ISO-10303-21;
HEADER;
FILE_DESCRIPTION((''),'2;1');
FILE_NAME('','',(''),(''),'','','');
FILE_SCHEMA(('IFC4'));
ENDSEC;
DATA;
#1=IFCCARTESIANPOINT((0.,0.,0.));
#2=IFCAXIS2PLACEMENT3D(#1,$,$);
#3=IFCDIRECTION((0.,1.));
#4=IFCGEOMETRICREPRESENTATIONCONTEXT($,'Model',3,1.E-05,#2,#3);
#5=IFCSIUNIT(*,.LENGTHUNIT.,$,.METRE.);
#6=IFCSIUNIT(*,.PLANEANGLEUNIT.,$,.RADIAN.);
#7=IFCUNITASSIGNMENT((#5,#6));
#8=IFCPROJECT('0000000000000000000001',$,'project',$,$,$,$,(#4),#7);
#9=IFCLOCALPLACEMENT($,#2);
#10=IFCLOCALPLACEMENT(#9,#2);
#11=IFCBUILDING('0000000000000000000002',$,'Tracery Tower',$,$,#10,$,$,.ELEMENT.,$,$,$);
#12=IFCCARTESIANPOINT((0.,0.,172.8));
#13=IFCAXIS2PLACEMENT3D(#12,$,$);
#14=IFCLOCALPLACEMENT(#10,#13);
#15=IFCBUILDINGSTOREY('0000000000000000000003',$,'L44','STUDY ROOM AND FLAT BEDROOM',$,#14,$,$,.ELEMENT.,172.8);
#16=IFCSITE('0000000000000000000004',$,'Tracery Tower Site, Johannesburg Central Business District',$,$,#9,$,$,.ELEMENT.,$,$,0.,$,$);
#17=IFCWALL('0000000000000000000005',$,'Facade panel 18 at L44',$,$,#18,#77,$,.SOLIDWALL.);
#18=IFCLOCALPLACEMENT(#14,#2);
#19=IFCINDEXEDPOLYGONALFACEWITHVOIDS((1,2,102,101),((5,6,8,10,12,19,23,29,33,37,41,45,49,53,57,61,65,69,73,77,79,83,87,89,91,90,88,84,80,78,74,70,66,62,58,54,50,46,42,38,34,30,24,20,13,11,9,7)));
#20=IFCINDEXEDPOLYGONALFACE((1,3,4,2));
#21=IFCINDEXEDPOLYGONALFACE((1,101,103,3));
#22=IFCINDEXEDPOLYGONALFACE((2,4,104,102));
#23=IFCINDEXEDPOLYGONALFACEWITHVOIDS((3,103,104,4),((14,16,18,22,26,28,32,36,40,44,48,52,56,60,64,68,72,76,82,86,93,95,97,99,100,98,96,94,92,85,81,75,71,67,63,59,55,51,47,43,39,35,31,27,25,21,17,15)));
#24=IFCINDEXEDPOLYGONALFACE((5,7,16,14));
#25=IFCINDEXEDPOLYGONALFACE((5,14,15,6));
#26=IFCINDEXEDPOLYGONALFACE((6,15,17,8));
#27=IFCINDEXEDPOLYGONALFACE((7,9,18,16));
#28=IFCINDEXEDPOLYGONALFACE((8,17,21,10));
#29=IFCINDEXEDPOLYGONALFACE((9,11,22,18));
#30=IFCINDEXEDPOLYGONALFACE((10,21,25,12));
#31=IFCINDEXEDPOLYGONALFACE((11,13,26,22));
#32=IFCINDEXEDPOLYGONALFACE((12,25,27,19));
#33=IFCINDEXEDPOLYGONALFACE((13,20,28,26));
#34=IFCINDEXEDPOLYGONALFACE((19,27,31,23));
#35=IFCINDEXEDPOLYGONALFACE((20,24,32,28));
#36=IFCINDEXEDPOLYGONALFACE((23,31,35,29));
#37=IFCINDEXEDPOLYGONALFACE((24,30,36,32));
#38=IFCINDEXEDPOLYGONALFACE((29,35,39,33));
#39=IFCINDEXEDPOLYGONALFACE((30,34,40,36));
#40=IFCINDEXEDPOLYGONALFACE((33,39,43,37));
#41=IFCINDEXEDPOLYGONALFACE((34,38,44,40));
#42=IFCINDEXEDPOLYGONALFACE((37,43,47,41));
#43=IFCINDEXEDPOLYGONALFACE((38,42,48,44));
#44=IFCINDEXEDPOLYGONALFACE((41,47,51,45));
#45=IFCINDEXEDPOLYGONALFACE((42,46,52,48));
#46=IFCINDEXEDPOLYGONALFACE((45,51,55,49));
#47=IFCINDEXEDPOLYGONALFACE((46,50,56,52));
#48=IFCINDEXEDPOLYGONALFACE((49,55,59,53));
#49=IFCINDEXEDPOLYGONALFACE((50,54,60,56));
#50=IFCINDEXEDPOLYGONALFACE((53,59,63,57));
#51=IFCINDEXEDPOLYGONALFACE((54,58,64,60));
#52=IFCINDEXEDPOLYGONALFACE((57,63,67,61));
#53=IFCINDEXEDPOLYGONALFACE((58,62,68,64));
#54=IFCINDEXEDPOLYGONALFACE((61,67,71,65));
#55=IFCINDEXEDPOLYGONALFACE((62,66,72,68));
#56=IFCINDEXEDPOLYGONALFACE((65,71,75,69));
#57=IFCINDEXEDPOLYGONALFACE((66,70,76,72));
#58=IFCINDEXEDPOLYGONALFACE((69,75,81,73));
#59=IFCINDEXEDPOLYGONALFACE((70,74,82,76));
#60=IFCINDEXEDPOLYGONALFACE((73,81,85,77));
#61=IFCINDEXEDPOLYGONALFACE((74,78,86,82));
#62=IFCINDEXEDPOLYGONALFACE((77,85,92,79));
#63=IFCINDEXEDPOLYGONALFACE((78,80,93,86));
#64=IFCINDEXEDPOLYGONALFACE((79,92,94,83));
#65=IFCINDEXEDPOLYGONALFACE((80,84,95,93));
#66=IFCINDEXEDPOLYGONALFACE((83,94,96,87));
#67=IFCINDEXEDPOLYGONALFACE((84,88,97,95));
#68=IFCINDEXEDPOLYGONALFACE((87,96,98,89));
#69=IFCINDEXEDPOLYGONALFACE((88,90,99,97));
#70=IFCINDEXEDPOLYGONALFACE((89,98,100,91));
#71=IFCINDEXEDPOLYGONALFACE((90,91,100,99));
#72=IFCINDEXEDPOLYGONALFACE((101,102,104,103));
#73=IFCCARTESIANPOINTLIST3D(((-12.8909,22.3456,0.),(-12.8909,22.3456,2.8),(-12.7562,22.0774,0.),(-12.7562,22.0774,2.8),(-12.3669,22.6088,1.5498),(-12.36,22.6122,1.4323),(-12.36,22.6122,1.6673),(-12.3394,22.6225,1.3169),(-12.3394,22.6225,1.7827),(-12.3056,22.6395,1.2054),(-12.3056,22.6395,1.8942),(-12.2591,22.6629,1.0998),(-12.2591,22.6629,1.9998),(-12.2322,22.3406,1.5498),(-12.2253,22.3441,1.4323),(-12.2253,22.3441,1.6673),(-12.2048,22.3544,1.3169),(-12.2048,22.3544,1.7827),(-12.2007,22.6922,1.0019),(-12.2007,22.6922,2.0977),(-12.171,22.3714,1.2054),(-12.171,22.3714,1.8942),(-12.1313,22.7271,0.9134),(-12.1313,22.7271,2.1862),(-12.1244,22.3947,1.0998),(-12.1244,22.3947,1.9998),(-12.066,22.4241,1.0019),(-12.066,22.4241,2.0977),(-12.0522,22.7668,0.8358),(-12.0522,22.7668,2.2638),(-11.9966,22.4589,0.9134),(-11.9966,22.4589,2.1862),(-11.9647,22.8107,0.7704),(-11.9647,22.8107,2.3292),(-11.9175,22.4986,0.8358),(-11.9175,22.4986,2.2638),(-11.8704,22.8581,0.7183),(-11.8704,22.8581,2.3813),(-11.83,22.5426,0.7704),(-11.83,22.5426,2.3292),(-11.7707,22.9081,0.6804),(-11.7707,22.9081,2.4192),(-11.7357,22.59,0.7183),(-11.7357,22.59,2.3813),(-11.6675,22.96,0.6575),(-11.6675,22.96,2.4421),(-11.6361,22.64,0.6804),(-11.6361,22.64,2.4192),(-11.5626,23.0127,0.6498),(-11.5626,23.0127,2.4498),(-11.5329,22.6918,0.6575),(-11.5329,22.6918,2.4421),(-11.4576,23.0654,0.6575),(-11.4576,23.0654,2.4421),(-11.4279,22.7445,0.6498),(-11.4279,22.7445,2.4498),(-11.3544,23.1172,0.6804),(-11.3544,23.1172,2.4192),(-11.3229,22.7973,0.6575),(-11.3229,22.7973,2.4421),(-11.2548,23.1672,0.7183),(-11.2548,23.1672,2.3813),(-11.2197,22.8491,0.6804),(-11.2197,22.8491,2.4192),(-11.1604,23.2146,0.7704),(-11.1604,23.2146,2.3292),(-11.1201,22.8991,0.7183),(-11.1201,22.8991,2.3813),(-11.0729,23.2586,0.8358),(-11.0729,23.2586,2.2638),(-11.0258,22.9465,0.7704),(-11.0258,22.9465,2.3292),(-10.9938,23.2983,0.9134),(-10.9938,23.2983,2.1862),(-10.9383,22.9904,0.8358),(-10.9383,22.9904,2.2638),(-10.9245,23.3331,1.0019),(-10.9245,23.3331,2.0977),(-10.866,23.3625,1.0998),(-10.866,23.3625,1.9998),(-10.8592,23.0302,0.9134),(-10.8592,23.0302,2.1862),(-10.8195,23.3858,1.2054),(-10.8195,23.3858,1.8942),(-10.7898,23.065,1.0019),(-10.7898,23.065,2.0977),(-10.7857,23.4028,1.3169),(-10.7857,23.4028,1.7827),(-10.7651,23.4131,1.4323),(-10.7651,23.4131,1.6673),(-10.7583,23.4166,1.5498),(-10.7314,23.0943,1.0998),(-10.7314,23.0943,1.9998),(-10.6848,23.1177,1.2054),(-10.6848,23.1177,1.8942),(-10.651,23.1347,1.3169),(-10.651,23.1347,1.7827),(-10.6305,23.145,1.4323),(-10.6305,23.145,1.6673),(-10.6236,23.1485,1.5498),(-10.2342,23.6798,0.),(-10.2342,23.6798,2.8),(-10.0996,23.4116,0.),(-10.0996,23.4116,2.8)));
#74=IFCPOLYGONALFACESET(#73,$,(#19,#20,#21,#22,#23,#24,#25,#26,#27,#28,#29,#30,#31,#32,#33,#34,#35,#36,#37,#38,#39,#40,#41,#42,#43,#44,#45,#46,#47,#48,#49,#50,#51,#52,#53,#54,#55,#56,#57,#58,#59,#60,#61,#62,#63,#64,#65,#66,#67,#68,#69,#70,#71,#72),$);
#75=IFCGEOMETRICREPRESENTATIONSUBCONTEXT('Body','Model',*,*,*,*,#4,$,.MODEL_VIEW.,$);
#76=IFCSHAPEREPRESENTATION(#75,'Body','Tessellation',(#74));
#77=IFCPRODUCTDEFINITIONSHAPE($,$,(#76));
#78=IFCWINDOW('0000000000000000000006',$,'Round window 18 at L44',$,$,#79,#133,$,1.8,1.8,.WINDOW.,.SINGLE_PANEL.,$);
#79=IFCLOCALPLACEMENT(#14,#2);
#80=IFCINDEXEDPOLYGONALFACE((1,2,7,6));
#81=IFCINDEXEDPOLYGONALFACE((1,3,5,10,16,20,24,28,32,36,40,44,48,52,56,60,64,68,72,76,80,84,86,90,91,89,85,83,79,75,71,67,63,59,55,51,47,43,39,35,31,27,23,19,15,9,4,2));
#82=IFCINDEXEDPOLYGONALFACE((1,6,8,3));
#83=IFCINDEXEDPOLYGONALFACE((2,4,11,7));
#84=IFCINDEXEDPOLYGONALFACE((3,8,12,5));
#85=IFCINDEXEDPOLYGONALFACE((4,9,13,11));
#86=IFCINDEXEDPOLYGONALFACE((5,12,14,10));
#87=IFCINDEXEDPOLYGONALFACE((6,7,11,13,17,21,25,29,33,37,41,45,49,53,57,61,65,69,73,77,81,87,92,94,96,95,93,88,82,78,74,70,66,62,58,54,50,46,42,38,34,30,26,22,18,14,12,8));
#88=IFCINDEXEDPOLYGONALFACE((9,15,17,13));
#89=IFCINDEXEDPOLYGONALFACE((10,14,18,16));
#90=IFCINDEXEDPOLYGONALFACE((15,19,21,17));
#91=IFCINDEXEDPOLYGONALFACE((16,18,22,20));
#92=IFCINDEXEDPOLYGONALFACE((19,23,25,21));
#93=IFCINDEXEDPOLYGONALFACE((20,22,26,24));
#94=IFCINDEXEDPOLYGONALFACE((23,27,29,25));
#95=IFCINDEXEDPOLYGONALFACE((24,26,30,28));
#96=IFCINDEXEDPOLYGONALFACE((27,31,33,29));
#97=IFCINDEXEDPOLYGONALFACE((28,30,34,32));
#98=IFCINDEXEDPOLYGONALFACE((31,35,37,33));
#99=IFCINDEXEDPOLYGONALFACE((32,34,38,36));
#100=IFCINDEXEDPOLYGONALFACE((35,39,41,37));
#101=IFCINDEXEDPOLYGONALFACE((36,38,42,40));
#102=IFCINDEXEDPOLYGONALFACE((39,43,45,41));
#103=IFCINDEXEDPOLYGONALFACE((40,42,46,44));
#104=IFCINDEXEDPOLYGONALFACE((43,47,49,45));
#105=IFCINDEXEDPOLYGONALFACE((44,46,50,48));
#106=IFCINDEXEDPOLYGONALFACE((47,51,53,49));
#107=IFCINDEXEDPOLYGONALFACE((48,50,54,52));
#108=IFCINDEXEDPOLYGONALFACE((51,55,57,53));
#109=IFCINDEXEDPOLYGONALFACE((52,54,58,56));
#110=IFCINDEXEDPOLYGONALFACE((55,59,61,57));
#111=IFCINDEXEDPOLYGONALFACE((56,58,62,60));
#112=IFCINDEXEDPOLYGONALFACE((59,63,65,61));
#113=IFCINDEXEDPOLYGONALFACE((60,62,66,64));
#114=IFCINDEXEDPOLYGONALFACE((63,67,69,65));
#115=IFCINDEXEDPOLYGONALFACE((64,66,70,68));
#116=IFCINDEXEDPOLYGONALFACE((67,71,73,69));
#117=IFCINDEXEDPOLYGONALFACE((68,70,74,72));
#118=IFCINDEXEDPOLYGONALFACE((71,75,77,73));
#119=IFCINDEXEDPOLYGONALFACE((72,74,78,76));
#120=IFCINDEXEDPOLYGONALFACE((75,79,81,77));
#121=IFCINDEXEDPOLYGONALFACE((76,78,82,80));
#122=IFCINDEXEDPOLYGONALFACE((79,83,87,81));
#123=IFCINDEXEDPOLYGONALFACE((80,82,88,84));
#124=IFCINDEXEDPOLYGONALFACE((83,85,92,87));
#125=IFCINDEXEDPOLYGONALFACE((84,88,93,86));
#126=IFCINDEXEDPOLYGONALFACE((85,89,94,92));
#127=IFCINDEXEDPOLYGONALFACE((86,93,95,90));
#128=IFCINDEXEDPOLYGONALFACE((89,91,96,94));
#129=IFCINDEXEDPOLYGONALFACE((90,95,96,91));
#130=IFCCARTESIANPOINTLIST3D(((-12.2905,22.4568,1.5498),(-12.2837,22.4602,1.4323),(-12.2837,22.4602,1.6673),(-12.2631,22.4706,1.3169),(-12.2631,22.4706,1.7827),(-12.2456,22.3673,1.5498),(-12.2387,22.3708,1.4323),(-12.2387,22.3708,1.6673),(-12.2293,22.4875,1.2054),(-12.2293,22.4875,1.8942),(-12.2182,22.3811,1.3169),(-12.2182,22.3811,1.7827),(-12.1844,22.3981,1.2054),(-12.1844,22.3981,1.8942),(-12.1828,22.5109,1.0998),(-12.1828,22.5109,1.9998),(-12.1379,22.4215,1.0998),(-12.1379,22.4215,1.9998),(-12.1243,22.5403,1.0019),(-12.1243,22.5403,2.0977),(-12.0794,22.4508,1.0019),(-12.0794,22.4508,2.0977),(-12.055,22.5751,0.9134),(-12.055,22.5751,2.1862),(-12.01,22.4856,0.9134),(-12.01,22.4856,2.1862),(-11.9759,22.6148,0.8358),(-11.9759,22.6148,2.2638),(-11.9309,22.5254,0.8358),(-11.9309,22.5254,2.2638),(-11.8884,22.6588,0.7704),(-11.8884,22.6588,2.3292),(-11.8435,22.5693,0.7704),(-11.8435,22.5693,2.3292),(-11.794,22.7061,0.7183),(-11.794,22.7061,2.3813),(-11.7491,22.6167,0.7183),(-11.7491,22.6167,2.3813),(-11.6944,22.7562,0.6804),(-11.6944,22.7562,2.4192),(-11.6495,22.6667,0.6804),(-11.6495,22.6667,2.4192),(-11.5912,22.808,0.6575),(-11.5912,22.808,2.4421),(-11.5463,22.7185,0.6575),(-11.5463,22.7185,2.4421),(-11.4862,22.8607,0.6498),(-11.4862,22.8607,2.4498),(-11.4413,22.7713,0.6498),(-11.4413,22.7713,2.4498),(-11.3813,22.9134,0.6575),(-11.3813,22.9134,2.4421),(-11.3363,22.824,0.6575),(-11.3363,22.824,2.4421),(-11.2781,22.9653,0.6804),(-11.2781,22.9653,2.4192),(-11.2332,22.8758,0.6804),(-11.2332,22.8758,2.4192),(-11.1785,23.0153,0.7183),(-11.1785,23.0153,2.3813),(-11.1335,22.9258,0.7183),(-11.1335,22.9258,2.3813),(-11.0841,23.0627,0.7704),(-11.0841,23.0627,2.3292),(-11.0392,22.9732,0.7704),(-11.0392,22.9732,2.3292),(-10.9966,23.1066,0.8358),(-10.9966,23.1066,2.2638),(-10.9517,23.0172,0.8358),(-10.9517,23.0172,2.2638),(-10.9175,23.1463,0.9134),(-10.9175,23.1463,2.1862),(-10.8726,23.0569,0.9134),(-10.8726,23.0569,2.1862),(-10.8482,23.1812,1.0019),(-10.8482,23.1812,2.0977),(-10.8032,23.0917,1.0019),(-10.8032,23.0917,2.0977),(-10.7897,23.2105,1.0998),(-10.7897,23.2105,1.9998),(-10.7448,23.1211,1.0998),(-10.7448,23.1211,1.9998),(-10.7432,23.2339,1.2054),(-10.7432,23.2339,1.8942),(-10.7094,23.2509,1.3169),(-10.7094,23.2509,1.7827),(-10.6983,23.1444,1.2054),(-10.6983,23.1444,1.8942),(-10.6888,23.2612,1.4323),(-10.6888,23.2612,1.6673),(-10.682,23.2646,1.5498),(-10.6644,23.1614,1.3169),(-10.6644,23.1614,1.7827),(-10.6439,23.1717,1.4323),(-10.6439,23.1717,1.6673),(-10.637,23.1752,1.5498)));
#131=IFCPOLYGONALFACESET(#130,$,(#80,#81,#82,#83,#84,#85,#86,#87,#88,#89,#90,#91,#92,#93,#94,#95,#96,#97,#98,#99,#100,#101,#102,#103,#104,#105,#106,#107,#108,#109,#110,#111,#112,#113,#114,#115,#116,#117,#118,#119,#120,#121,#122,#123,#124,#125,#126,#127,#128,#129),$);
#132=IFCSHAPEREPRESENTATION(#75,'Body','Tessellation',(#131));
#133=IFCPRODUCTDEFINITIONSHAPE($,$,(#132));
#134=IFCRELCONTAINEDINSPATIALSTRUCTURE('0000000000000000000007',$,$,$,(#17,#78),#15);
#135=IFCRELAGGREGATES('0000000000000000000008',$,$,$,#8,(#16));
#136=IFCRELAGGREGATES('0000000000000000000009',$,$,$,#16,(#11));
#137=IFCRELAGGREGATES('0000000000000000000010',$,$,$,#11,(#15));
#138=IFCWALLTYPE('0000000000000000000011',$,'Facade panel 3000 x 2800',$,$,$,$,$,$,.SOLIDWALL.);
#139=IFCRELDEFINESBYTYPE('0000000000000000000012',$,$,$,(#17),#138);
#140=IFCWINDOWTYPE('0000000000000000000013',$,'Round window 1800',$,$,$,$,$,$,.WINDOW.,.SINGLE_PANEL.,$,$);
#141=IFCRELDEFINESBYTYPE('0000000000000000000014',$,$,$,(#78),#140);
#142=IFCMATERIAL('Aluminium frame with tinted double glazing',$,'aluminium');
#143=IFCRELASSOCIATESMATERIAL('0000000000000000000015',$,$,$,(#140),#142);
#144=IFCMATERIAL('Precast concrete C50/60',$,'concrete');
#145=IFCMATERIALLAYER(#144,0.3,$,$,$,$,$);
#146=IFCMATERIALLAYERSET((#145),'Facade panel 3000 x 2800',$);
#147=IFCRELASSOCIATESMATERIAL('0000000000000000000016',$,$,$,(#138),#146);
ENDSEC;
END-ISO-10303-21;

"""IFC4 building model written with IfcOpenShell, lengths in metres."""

from ifc_helpers import new_model, si_unit, direction, frame, frame_2d, origin, origin_2d, place, context, subcontext, project, spatial, rectangle, circle, extrude, material, layer, layer_set, type_object, element, fill, save


model = new_model("IFC4")

# Units and contexts
model_context = context("Model", 3, precision=1e-05, world=origin(), true_north=direction((0.0, 1.0)))
body_context = subcontext(model_context, "Body", "Model", "MODEL_VIEW")
ifc_project = project(units=[si_unit("LENGTHUNIT", "METRE"), si_unit("PLANEANGLEUNIT", "RADIAN")], contexts=[model_context])

# Site, building, storey
site_placement = place(None, origin())
site = spatial("IfcSite", under=ifc_project, at=site_placement, Name="Tracery Tower Site, Johannesburg Central Business District", CompositionType="ELEMENT", RefElevation=0.0)
building_placement = place(site_placement, origin())
building = spatial("IfcBuilding", under=site, at=building_placement, Name="Tracery Tower", CompositionType="ELEMENT")
storey_placement = place(building_placement, frame((0.0, 0.0, 172.8)))
storey = spatial("IfcBuildingStorey", under=building, at=storey_placement, Name="L44", Description="STUDY ROOM AND FLAT BEDROOM", CompositionType="ELEMENT", Elevation=172.8)

# Wall, opening, window
ifc_material_1 = material(Name="Aluminium frame with tinted double glazing", Category="aluminium")
window_type = type_object("IfcWindowType", Name="Round window 1800", PartitioningType="SINGLE_PANEL", PredefinedType="WINDOW", material=ifc_material_1)
ifc_material_2 = material(Name="Precast concrete C50/60", Category="concrete")
ifc_layer_1 = layer(ifc_material_2, 0.3)
ifc_layer_set_1 = layer_set([ifc_layer_1], Name="Facade panel 3000 x 2800")
wall_type_1 = type_object("IfcWallType", Name="Facade panel 3000 x 2800", PredefinedType="SOLIDWALL", material=ifc_layer_set_1)
wall_1_placement = place(storey_placement, frame((-10.167, 23.5457, 0.0), z_axis=(0.0, 0.0, 1.0), x_axis=(-0.893637, -0.44879, 0.0)))
wall_1 = element("IfcWall", 1, at=wall_1_placement, inside=storey, type_object=wall_type_1, Name="Facade panel 18 at L44", PredefinedType="SOLIDWALL", context=body_context, shape_type="SweptSolid", body=[
    extrude(rectangle(XDim=2.9729, YDim=0.3, at=frame_2d((1.4863, 0.0))), origin(), (0.0, 0.0, 1.0), 2.8),
])
opening_1_placement = place(wall_1_placement, frame((1.4863, 0.0, 1.5498)))
opening_1 = element("IfcOpeningElement", 2, at=opening_1_placement, cuts=wall_1, PredefinedType="OPENING", context=body_context, shape_type="SweptSolid", body=[
    extrude(circle(Radius=0.9, at=origin_2d()), frame((0.0, 0.1599, 0.0), z_axis=(0.0, -1.0, 0.0), x_axis=(1.0, 0.0, 0.0)), (0.0, 0.0, 1.0), 0.3201),
])
window_1_placement = place(opening_1_placement, origin())
window_1 = element("IfcWindow", 3, at=window_1_placement, inside=storey, type_object=window_type, Name="Round window 18 at L44", OverallHeight=1.8, OverallWidth=1.8, PartitioningType="SINGLE_PANEL", PredefinedType="WINDOW", context=body_context, shape_type="SweptSolid", body=[
    extrude(circle(Radius=0.9, at=origin_2d()), frame((0.0, 0.1201, 0.0), z_axis=(0.0, -1.0, 0.0), x_axis=(1.0, 0.0, 0.0)), (0.0, 0.0, 1.0), 0.1001),
])
fill(opening_1, window_1)

save(model, "model.ifc")
